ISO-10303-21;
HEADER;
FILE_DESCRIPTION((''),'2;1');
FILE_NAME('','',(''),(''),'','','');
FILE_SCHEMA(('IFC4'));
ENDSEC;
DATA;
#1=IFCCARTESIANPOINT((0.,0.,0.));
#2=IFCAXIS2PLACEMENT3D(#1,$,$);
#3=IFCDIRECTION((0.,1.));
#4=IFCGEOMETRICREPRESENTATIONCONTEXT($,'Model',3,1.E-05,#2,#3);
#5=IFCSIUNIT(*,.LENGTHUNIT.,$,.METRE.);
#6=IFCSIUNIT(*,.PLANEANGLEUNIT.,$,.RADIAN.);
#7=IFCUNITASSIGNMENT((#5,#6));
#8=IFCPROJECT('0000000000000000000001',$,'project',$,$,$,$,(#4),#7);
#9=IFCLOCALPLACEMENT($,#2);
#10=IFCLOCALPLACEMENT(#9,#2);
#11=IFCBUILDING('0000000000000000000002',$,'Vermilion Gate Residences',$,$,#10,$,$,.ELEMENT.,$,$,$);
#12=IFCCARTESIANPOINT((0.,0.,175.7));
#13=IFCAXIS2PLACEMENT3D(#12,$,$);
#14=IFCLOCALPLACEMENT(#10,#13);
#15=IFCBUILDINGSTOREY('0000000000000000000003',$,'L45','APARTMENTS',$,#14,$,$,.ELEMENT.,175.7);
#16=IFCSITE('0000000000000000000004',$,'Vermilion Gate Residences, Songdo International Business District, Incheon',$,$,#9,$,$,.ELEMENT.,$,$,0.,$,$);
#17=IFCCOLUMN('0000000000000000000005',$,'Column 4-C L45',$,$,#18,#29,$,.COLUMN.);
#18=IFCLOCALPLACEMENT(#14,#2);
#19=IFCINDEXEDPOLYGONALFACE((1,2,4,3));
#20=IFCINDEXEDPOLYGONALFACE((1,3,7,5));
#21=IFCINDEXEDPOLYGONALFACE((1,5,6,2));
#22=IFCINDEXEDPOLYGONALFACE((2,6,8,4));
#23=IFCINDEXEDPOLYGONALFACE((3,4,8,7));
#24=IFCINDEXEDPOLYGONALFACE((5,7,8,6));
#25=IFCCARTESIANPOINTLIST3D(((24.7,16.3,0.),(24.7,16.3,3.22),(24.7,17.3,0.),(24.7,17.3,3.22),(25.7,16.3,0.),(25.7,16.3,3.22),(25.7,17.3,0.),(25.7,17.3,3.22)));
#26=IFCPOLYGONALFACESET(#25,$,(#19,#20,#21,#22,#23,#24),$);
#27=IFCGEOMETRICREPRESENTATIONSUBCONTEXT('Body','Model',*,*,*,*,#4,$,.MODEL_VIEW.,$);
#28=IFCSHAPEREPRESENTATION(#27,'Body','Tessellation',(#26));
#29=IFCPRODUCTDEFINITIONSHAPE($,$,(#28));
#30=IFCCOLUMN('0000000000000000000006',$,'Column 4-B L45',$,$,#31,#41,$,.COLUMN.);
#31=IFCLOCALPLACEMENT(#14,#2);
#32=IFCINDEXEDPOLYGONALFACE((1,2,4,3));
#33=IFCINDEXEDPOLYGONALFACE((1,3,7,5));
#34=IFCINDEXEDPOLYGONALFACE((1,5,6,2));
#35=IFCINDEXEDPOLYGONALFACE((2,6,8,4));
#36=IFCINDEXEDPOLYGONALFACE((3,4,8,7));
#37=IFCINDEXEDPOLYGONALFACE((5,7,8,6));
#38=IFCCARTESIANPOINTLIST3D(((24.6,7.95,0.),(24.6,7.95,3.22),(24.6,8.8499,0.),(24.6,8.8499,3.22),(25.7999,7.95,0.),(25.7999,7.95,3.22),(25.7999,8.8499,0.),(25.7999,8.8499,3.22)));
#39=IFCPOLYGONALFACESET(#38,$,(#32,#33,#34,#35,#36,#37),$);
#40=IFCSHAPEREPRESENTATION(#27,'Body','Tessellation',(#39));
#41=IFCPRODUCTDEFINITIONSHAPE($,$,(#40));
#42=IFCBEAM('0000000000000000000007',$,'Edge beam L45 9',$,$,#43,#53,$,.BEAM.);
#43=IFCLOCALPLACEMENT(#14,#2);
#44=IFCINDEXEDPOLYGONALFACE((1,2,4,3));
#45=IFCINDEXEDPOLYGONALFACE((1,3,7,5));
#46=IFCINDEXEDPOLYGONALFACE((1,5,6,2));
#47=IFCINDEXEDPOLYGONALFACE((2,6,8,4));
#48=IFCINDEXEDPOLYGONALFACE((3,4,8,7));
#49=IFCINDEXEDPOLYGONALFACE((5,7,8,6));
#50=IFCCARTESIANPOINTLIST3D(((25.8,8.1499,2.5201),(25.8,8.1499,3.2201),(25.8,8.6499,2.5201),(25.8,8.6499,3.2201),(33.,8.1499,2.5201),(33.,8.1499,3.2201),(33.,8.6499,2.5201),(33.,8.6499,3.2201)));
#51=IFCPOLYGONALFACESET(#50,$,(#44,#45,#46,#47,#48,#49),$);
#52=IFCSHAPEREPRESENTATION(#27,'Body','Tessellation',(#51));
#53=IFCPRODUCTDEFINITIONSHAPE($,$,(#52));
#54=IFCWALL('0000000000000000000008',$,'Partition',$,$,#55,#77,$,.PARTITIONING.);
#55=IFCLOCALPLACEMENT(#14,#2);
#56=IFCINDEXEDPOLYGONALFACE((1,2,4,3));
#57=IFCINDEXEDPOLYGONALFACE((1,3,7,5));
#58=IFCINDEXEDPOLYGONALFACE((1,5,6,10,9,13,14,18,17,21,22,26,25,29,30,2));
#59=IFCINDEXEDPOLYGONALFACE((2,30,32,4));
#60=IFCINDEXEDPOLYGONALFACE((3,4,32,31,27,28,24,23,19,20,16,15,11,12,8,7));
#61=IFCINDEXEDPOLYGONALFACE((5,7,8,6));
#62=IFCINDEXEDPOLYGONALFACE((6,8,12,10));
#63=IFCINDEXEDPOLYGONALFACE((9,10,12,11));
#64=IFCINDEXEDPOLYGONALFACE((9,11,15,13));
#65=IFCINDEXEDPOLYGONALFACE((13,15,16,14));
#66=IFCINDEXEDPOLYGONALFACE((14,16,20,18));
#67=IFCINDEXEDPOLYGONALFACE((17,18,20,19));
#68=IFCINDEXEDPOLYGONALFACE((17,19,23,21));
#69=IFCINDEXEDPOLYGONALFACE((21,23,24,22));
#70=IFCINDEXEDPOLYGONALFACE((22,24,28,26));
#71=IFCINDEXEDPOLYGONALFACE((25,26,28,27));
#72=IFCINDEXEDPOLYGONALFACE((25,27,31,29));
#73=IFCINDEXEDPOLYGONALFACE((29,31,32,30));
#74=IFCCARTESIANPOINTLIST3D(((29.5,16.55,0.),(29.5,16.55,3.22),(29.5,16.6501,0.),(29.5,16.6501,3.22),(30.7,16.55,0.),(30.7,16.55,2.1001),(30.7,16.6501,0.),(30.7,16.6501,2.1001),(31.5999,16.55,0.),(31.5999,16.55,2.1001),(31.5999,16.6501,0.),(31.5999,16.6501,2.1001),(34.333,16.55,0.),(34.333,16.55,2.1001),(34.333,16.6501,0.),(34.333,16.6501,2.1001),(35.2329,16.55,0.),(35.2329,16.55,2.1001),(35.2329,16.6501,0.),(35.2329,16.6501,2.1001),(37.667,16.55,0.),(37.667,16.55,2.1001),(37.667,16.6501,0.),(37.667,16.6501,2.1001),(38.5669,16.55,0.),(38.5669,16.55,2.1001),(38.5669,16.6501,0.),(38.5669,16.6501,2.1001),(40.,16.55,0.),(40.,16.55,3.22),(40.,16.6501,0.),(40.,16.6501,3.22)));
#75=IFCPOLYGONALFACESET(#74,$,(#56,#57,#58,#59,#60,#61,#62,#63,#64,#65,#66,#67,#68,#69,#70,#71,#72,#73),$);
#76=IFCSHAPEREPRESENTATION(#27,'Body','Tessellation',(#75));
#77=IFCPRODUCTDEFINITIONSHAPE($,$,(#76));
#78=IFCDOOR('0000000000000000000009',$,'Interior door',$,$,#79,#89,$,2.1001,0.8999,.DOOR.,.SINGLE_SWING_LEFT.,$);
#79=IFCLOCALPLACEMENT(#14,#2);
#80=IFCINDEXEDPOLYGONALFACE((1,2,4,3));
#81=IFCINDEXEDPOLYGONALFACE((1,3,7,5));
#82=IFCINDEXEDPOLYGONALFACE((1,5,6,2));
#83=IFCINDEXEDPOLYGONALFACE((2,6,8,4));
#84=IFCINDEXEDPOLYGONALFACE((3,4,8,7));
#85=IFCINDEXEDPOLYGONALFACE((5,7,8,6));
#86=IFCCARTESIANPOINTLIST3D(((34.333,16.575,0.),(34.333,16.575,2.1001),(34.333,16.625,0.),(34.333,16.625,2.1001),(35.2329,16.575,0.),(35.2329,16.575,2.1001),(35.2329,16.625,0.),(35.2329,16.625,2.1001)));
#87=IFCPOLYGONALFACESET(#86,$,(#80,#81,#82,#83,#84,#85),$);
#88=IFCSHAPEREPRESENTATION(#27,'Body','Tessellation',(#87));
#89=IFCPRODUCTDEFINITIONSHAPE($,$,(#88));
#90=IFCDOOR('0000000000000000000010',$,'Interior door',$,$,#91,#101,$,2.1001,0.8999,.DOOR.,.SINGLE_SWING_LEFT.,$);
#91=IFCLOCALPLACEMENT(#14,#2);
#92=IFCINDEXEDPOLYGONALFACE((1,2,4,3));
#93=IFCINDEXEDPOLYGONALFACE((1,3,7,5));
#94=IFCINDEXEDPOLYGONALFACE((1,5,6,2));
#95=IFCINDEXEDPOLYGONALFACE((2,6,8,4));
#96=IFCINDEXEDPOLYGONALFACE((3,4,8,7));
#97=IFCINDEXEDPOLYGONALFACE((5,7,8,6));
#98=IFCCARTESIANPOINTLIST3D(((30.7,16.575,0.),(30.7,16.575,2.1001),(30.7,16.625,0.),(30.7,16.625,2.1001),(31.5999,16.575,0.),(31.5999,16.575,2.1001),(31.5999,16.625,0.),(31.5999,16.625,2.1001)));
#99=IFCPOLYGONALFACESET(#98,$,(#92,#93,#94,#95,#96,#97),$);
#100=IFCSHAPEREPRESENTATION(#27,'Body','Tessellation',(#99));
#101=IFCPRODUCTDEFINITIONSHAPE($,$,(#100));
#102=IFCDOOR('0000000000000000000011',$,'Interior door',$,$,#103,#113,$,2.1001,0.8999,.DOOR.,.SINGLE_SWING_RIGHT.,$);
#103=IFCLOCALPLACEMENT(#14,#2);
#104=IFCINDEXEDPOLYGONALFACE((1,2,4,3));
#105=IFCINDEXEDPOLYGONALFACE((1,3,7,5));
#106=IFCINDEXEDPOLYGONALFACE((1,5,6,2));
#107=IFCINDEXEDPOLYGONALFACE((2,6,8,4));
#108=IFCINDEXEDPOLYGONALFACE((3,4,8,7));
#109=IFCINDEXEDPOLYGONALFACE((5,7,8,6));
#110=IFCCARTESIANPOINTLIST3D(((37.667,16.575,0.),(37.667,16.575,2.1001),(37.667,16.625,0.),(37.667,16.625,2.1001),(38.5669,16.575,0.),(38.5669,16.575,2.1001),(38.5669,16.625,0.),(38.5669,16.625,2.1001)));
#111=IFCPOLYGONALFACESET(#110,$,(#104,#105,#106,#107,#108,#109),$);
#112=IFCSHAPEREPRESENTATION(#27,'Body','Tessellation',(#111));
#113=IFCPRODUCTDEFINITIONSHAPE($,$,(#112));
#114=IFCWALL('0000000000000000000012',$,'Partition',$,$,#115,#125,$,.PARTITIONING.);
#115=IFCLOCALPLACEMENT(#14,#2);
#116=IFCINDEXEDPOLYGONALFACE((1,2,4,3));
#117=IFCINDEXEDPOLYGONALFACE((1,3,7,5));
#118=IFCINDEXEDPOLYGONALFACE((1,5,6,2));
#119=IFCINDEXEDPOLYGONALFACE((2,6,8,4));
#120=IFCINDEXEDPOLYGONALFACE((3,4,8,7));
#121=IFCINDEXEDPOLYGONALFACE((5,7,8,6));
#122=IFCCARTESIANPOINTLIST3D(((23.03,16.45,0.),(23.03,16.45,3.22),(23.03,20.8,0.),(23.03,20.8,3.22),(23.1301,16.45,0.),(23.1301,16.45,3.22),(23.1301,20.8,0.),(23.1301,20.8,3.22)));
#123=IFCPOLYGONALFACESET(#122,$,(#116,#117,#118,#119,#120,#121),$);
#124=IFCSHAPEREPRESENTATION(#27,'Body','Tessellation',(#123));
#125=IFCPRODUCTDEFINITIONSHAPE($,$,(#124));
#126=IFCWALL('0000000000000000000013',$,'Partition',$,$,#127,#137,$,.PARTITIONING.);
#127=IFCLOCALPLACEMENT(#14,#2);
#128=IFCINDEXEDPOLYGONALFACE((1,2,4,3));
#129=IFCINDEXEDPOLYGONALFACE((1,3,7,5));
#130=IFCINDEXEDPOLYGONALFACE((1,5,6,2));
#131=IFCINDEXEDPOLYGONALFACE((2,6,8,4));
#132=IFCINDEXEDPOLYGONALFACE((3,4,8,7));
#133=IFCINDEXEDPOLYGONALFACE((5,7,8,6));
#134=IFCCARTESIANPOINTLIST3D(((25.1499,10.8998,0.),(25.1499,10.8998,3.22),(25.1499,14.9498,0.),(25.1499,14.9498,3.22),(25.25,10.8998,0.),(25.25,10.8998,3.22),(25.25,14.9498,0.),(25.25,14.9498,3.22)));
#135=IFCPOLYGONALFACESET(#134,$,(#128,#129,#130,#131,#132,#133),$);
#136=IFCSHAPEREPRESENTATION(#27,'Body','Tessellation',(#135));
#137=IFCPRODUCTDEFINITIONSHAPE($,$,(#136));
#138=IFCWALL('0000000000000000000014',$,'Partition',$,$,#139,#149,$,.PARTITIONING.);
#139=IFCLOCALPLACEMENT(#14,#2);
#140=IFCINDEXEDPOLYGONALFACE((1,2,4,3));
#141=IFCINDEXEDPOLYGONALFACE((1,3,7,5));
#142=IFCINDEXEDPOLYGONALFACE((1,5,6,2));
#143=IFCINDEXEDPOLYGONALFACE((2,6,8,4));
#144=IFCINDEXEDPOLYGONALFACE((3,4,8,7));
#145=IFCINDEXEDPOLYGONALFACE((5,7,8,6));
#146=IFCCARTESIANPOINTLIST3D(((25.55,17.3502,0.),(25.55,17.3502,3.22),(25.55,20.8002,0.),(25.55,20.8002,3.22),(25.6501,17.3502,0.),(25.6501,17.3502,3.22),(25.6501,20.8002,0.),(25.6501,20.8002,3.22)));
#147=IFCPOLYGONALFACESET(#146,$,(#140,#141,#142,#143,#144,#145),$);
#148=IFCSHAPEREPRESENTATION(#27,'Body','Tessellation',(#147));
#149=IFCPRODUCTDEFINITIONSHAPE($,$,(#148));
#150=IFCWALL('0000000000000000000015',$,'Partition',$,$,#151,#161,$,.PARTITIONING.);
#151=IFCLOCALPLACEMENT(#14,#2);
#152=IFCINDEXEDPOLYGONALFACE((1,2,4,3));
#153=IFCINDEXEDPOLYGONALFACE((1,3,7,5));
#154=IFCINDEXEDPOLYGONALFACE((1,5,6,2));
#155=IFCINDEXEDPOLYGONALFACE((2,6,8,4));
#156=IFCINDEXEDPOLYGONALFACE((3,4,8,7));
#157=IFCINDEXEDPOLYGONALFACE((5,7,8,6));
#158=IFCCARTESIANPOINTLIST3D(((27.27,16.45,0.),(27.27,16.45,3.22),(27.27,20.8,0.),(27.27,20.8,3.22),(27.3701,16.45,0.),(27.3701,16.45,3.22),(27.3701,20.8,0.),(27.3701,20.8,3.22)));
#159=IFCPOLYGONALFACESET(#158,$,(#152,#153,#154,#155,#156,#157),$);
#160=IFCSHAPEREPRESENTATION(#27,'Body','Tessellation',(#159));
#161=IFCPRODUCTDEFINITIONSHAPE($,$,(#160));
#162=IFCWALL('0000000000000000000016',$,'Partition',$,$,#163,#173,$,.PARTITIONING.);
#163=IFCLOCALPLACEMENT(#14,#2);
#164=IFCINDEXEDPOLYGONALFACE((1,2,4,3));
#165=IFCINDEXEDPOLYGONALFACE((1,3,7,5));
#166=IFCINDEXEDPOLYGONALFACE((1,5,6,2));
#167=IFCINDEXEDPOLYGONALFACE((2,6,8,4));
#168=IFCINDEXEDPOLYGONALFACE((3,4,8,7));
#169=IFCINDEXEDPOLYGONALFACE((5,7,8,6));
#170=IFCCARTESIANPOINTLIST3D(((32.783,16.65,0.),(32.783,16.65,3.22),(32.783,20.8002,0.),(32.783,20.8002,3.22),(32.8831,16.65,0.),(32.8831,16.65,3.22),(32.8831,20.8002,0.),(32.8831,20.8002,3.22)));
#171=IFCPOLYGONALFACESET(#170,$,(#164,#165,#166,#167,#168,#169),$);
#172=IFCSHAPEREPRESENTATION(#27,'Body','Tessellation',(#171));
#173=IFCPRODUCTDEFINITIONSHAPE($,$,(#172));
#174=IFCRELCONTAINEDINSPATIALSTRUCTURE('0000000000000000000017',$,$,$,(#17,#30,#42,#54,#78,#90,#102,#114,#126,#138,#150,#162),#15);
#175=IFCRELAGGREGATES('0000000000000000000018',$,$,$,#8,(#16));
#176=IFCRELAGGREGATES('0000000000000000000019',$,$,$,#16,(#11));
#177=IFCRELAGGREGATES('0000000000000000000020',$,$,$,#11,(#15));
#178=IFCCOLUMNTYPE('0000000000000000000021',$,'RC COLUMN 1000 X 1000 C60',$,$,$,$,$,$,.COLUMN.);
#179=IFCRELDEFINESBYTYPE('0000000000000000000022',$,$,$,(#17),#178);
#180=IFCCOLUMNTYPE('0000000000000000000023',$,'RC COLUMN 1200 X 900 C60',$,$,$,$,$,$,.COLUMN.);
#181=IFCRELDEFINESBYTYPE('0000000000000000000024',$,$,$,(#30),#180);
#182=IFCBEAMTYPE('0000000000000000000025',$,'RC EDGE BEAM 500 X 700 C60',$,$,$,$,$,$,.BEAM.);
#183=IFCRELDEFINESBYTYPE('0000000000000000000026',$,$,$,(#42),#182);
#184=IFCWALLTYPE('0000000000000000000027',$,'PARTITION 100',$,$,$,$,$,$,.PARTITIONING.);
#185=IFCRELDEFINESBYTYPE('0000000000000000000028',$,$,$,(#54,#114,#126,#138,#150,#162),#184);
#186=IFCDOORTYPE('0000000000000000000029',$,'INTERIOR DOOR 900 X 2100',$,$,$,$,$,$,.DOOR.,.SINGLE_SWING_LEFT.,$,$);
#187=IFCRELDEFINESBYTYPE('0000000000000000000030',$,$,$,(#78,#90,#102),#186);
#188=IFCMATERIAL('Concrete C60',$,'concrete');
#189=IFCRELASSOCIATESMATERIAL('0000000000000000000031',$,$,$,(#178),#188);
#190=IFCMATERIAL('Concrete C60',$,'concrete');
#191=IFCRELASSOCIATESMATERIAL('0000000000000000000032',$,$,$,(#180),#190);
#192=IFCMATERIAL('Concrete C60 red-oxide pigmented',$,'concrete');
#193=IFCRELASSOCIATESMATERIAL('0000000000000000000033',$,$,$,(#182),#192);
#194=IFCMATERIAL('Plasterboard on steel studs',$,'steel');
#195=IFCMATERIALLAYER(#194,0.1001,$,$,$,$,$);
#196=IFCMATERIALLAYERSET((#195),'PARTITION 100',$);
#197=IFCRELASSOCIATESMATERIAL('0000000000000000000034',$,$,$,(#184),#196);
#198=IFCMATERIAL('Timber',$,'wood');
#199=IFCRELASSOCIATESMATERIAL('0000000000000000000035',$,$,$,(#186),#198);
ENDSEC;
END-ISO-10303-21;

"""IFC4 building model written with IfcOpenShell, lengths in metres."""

from ifc_helpers import new_model, si_unit, direction, frame, frame_2d, origin, origin_2d, place, context, subcontext, project, spatial, rectangle, extrude, material, layer, layer_set, material_profile, profile_set, type_object, element, fill, save


model = new_model("IFC4")

# Units and contexts
model_context = context("Model", 3, precision=1e-05, world=origin(), true_north=direction((0.0, 1.0)))
body_context = subcontext(model_context, "Body", "Model", "MODEL_VIEW")
ifc_project = project(units=[si_unit("LENGTHUNIT", "METRE"), si_unit("PLANEANGLEUNIT", "RADIAN")], contexts=[model_context])

# Site, building, storey
site_placement = place(None, origin())
site = spatial("IfcSite", under=ifc_project, at=site_placement, Name="Vermilion Gate Residences, Songdo International Business District, Incheon", CompositionType="ELEMENT", RefElevation=0.0)
building_placement = place(site_placement, origin())
building = spatial("IfcBuilding", under=site, at=building_placement, Name="Vermilion Gate Residences", CompositionType="ELEMENT")
storey_placement = place(building_placement, frame((0.0, 0.0, 175.7)))
storey = spatial("IfcBuildingStorey", under=building, at=storey_placement, Name="L45", Description="APARTMENTS", CompositionType="ELEMENT", Elevation=175.7)

# Columns
ifc_material_1 = material(Name="Concrete C60", Category="concrete")
ifc_material_profile_1 = material_profile(ifc_material_1, rectangle(XDim=1.0, YDim=1.0, at=origin_2d()), Name="RC-1000x1000")
ifc_profile_set_1 = profile_set([ifc_material_profile_1], Name="Concrete C60")
column_type_1 = type_object("IfcColumnType", Name="RC COLUMN 1000 X 1000 C60", PredefinedType="COLUMN", material=ifc_profile_set_1)
column_1_placement = place(storey_placement, frame((25.2, 16.8, 0.0), z_axis=(0.0, 0.0, 1.0), x_axis=(1.0, 0.0, 0.0)))
element("IfcColumn", 1, at=column_1_placement, inside=storey, type_object=column_type_1, Name="Column 4-C L45", PredefinedType="COLUMN", context=body_context, shape_type="SweptSolid", body=[
    extrude(rectangle(XDim=1.0, YDim=1.0, at=origin_2d()), origin(), (0.0, 0.0, 1.0), 3.22),
])
ifc_material_2 = material(Name="Concrete C60", Category="concrete")
ifc_material_profile_2 = material_profile(ifc_material_2, rectangle(XDim=1.2, YDim=0.8999, at=origin_2d()), Name="RC-1200x900")
ifc_profile_set_2 = profile_set([ifc_material_profile_2], Name="Concrete C60")
column_type_2 = type_object("IfcColumnType", Name="RC COLUMN 1200 X 900 C60", PredefinedType="COLUMN", material=ifc_profile_set_2)
column_2_placement = place(storey_placement, frame((25.2, 8.3999, 0.0), z_axis=(0.0, 0.0, 1.0), x_axis=(1.0, 0.0, 0.0)))
element("IfcColumn", 2, at=column_2_placement, inside=storey, type_object=column_type_2, Name="Column 4-B L45", PredefinedType="COLUMN", context=body_context, shape_type="SweptSolid", body=[
    extrude(rectangle(XDim=1.2, YDim=0.8999, at=origin_2d()), origin(), (0.0, 0.0, 1.0), 3.22),
])

# Beam
ifc_material_3 = material(Name="Concrete C60 red-oxide pigmented", Category="concrete")
ifc_material_profile_3 = material_profile(ifc_material_3, rectangle(XDim=0.5, YDim=0.7, at=origin_2d()), Name="RC-500x700")
ifc_profile_set_3 = profile_set([ifc_material_profile_3], Name="Concrete C60 red-oxide pigmented")
beam_type = type_object("IfcBeamType", Name="RC EDGE BEAM 500 X 700 C60", PredefinedType="BEAM", material=ifc_profile_set_3)
beam_placement = place(storey_placement, frame((25.8, 8.3999, 2.8701), z_axis=(1.0, 0.0, 0.0), x_axis=(0.0, 1.0, 0.0)))
element("IfcBeam", 3, at=beam_placement, inside=storey, type_object=beam_type, Name="Edge beam L45 9", PredefinedType="BEAM", context=body_context, shape_type="SweptSolid", body=[
    extrude(rectangle(XDim=0.5, YDim=0.7, at=origin_2d()), origin(), (0.0, 0.0, 1.0), 7.2),
])

# Wall, openings, doors
ifc_material_4 = material(Name="Plasterboard on steel studs", Category="steel")
ifc_layer_1 = layer(ifc_material_4, 0.1001)
ifc_layer_set_1 = layer_set([ifc_layer_1], Name="PARTITION 100")
wall_type_1 = type_object("IfcWallType", Name="PARTITION 100", PredefinedType="PARTITIONING", material=ifc_layer_set_1)
wall_1_placement = place(storey_placement, frame((29.5, 16.6001, 0.0), z_axis=(0.0, 0.0, 1.0), x_axis=(1.0, 0.0, 0.0)))
wall_1 = element("IfcWall", 4, at=wall_1_placement, inside=storey, type_object=wall_type_1, Name="Partition", PredefinedType="PARTITIONING", context=body_context, shape_type="SweptSolid", body=[
    extrude(rectangle(XDim=10.5, YDim=0.1001, at=frame_2d((5.25, 0.0))), origin(), (0.0, 0.0, 1.0), 3.22),
])
opening_1_placement = place(wall_1_placement, frame((4.833, 0.0, 0.0)))
opening_1 = element("IfcOpeningElement", 5, at=opening_1_placement, cuts=wall_1, PredefinedType="OPENING", context=body_context, shape_type="SweptSolid", body=[
    extrude(rectangle(XDim=0.8999, YDim=2.1001, at=frame_2d((0.45, 1.05))), frame((0.0, 0.0601, 0.0), z_axis=(0.0, -1.0, 0.0), x_axis=(1.0, 0.0, 0.0)), (0.0, 0.0, 1.0), 0.1201),
])
opening_2_placement = place(wall_1_placement, frame((1.2, 0.0, 0.0)))
opening_2 = element("IfcOpeningElement", 6, at=opening_2_placement, cuts=wall_1, PredefinedType="OPENING", context=body_context, shape_type="SweptSolid", body=[
    extrude(rectangle(XDim=0.8999, YDim=2.1001, at=frame_2d((0.45, 1.05))), frame((0.0, 0.0601, 0.0), z_axis=(0.0, -1.0, 0.0), x_axis=(1.0, 0.0, 0.0)), (0.0, 0.0, 1.0), 0.1201),
])
opening_3_placement = place(wall_1_placement, frame((8.167, 0.0, 0.0)))
opening_3 = element("IfcOpeningElement", 7, at=opening_3_placement, cuts=wall_1, PredefinedType="OPENING", context=body_context, shape_type="SweptSolid", body=[
    extrude(rectangle(XDim=0.8999, YDim=2.1001, at=frame_2d((0.45, 1.05))), frame((0.0, 0.0601, 0.0), z_axis=(0.0, -1.0, 0.0), x_axis=(1.0, 0.0, 0.0)), (0.0, 0.0, 1.0), 0.1201),
])
ifc_material_5 = material(Name="Timber", Category="wood")
door_type = type_object("IfcDoorType", Name="INTERIOR DOOR 900 X 2100", OperationType="SINGLE_SWING_LEFT", PredefinedType="DOOR", material=ifc_material_5)
door_1_placement = place(opening_1_placement, origin())
door_1 = element("IfcDoor", 8, at=door_1_placement, inside=storey, type_object=door_type, Name="Interior door", OperationType="SINGLE_SWING_LEFT", OverallHeight=2.1001, OverallWidth=0.8999, PredefinedType="DOOR", context=body_context, shape_type="SweptSolid", body=[
    extrude(rectangle(XDim=0.8999, YDim=2.1001, at=frame_2d((0.45, 1.05))), frame((0.0, 0.0249, 0.0), z_axis=(0.0, -1.0, 0.0), x_axis=(1.0, 0.0, 0.0)), (0.0, 0.0, 1.0), 0.05),
])
fill(opening_1, door_1)
door_2_placement = place(opening_2_placement, origin())
door_2 = element("IfcDoor", 9, at=door_2_placement, inside=storey, type_object=door_type, Name="Interior door", OperationType="SINGLE_SWING_LEFT", OverallHeight=2.1001, OverallWidth=0.8999, PredefinedType="DOOR", context=body_context, shape_type="SweptSolid", body=[
    extrude(rectangle(XDim=0.8999, YDim=2.1001, at=frame_2d((0.45, 1.05))), frame((0.0, 0.0249, 0.0), z_axis=(0.0, -1.0, 0.0), x_axis=(1.0, 0.0, 0.0)), (0.0, 0.0, 1.0), 0.05),
])
fill(opening_2, door_2)
door_3_placement = place(opening_3_placement, origin())
door_3 = element("IfcDoor", 10, at=door_3_placement, inside=storey, type_object=door_type, Name="Interior door", OperationType="SINGLE_SWING_RIGHT", OverallHeight=2.1001, OverallWidth=0.8999, PredefinedType="DOOR", context=body_context, shape_type="SweptSolid", body=[
    extrude(rectangle(XDim=0.8999, YDim=2.1001, at=frame_2d((0.45, 1.05))), frame((0.0, 0.0249, 0.0), z_axis=(0.0, -1.0, 0.0), x_axis=(1.0, 0.0, 0.0)), (0.0, 0.0, 1.0), 0.05),
])
fill(opening_3, door_3)

# Walls
wall_2_placement = place(storey_placement, frame((23.0801, 16.45, 0.0), z_axis=(0.0, 0.0, 1.0), x_axis=(0.0, 1.0, 0.0)))
element("IfcWall", 11, at=wall_2_placement, inside=storey, type_object=wall_type_1, Name="Partition", PredefinedType="PARTITIONING", context=body_context, shape_type="SweptSolid", body=[
    extrude(rectangle(XDim=4.3501, YDim=0.1001, at=frame_2d((2.175, 0.0))), origin(), (0.0, 0.0, 1.0), 3.22),
])
wall_3_placement = place(storey_placement, frame((25.2, 10.8999, 0.0), z_axis=(0.0, 0.0, 1.0), x_axis=(0.0, 1.0, 0.0)))
element("IfcWall", 12, at=wall_3_placement, inside=storey, type_object=wall_type_1, Name="Partition", PredefinedType="PARTITIONING", context=body_context, shape_type="SweptSolid", body=[
    extrude(rectangle(XDim=4.05, YDim=0.1001, at=frame_2d((2.0249, 0.0))), origin(), (0.0, 0.0, 1.0), 3.22),
])
wall_4_placement = place(storey_placement, frame((25.6001, 17.3501, 0.0), z_axis=(0.0, 0.0, 1.0), x_axis=(0.0, 1.0, 0.0)))
element("IfcWall", 13, at=wall_4_placement, inside=storey, type_object=wall_type_1, Name="Partition", PredefinedType="PARTITIONING", context=body_context, shape_type="SweptSolid", body=[
    extrude(rectangle(XDim=3.45, YDim=0.1001, at=frame_2d((1.7251, 0.0))), origin(), (0.0, 0.0, 1.0), 3.22),
])
wall_5_placement = place(storey_placement, frame((27.3201, 16.45, 0.0), z_axis=(0.0, 0.0, 1.0), x_axis=(0.0, 1.0, 0.0)))
element("IfcWall", 14, at=wall_5_placement, inside=storey, type_object=wall_type_1, Name="Partition", PredefinedType="PARTITIONING", context=body_context, shape_type="SweptSolid", body=[
    extrude(rectangle(XDim=4.3501, YDim=0.1001, at=frame_2d((2.175, 0.0))), origin(), (0.0, 0.0, 1.0), 3.22),
])
wall_6_placement = place(storey_placement, frame((32.833, 16.6499, 0.0), z_axis=(0.0, 0.0, 1.0), x_axis=(0.0, 1.0, 0.0)))
element("IfcWall", 15, at=wall_6_placement, inside=storey, type_object=wall_type_1, Name="Partition", PredefinedType="PARTITIONING", context=body_context, shape_type="SweptSolid", body=[
    extrude(rectangle(XDim=4.1501, YDim=0.1001, at=frame_2d((2.0752, 0.0))), origin(), (0.0, 0.0, 1.0), 3.22),
])

save(model, "model.ifc")
